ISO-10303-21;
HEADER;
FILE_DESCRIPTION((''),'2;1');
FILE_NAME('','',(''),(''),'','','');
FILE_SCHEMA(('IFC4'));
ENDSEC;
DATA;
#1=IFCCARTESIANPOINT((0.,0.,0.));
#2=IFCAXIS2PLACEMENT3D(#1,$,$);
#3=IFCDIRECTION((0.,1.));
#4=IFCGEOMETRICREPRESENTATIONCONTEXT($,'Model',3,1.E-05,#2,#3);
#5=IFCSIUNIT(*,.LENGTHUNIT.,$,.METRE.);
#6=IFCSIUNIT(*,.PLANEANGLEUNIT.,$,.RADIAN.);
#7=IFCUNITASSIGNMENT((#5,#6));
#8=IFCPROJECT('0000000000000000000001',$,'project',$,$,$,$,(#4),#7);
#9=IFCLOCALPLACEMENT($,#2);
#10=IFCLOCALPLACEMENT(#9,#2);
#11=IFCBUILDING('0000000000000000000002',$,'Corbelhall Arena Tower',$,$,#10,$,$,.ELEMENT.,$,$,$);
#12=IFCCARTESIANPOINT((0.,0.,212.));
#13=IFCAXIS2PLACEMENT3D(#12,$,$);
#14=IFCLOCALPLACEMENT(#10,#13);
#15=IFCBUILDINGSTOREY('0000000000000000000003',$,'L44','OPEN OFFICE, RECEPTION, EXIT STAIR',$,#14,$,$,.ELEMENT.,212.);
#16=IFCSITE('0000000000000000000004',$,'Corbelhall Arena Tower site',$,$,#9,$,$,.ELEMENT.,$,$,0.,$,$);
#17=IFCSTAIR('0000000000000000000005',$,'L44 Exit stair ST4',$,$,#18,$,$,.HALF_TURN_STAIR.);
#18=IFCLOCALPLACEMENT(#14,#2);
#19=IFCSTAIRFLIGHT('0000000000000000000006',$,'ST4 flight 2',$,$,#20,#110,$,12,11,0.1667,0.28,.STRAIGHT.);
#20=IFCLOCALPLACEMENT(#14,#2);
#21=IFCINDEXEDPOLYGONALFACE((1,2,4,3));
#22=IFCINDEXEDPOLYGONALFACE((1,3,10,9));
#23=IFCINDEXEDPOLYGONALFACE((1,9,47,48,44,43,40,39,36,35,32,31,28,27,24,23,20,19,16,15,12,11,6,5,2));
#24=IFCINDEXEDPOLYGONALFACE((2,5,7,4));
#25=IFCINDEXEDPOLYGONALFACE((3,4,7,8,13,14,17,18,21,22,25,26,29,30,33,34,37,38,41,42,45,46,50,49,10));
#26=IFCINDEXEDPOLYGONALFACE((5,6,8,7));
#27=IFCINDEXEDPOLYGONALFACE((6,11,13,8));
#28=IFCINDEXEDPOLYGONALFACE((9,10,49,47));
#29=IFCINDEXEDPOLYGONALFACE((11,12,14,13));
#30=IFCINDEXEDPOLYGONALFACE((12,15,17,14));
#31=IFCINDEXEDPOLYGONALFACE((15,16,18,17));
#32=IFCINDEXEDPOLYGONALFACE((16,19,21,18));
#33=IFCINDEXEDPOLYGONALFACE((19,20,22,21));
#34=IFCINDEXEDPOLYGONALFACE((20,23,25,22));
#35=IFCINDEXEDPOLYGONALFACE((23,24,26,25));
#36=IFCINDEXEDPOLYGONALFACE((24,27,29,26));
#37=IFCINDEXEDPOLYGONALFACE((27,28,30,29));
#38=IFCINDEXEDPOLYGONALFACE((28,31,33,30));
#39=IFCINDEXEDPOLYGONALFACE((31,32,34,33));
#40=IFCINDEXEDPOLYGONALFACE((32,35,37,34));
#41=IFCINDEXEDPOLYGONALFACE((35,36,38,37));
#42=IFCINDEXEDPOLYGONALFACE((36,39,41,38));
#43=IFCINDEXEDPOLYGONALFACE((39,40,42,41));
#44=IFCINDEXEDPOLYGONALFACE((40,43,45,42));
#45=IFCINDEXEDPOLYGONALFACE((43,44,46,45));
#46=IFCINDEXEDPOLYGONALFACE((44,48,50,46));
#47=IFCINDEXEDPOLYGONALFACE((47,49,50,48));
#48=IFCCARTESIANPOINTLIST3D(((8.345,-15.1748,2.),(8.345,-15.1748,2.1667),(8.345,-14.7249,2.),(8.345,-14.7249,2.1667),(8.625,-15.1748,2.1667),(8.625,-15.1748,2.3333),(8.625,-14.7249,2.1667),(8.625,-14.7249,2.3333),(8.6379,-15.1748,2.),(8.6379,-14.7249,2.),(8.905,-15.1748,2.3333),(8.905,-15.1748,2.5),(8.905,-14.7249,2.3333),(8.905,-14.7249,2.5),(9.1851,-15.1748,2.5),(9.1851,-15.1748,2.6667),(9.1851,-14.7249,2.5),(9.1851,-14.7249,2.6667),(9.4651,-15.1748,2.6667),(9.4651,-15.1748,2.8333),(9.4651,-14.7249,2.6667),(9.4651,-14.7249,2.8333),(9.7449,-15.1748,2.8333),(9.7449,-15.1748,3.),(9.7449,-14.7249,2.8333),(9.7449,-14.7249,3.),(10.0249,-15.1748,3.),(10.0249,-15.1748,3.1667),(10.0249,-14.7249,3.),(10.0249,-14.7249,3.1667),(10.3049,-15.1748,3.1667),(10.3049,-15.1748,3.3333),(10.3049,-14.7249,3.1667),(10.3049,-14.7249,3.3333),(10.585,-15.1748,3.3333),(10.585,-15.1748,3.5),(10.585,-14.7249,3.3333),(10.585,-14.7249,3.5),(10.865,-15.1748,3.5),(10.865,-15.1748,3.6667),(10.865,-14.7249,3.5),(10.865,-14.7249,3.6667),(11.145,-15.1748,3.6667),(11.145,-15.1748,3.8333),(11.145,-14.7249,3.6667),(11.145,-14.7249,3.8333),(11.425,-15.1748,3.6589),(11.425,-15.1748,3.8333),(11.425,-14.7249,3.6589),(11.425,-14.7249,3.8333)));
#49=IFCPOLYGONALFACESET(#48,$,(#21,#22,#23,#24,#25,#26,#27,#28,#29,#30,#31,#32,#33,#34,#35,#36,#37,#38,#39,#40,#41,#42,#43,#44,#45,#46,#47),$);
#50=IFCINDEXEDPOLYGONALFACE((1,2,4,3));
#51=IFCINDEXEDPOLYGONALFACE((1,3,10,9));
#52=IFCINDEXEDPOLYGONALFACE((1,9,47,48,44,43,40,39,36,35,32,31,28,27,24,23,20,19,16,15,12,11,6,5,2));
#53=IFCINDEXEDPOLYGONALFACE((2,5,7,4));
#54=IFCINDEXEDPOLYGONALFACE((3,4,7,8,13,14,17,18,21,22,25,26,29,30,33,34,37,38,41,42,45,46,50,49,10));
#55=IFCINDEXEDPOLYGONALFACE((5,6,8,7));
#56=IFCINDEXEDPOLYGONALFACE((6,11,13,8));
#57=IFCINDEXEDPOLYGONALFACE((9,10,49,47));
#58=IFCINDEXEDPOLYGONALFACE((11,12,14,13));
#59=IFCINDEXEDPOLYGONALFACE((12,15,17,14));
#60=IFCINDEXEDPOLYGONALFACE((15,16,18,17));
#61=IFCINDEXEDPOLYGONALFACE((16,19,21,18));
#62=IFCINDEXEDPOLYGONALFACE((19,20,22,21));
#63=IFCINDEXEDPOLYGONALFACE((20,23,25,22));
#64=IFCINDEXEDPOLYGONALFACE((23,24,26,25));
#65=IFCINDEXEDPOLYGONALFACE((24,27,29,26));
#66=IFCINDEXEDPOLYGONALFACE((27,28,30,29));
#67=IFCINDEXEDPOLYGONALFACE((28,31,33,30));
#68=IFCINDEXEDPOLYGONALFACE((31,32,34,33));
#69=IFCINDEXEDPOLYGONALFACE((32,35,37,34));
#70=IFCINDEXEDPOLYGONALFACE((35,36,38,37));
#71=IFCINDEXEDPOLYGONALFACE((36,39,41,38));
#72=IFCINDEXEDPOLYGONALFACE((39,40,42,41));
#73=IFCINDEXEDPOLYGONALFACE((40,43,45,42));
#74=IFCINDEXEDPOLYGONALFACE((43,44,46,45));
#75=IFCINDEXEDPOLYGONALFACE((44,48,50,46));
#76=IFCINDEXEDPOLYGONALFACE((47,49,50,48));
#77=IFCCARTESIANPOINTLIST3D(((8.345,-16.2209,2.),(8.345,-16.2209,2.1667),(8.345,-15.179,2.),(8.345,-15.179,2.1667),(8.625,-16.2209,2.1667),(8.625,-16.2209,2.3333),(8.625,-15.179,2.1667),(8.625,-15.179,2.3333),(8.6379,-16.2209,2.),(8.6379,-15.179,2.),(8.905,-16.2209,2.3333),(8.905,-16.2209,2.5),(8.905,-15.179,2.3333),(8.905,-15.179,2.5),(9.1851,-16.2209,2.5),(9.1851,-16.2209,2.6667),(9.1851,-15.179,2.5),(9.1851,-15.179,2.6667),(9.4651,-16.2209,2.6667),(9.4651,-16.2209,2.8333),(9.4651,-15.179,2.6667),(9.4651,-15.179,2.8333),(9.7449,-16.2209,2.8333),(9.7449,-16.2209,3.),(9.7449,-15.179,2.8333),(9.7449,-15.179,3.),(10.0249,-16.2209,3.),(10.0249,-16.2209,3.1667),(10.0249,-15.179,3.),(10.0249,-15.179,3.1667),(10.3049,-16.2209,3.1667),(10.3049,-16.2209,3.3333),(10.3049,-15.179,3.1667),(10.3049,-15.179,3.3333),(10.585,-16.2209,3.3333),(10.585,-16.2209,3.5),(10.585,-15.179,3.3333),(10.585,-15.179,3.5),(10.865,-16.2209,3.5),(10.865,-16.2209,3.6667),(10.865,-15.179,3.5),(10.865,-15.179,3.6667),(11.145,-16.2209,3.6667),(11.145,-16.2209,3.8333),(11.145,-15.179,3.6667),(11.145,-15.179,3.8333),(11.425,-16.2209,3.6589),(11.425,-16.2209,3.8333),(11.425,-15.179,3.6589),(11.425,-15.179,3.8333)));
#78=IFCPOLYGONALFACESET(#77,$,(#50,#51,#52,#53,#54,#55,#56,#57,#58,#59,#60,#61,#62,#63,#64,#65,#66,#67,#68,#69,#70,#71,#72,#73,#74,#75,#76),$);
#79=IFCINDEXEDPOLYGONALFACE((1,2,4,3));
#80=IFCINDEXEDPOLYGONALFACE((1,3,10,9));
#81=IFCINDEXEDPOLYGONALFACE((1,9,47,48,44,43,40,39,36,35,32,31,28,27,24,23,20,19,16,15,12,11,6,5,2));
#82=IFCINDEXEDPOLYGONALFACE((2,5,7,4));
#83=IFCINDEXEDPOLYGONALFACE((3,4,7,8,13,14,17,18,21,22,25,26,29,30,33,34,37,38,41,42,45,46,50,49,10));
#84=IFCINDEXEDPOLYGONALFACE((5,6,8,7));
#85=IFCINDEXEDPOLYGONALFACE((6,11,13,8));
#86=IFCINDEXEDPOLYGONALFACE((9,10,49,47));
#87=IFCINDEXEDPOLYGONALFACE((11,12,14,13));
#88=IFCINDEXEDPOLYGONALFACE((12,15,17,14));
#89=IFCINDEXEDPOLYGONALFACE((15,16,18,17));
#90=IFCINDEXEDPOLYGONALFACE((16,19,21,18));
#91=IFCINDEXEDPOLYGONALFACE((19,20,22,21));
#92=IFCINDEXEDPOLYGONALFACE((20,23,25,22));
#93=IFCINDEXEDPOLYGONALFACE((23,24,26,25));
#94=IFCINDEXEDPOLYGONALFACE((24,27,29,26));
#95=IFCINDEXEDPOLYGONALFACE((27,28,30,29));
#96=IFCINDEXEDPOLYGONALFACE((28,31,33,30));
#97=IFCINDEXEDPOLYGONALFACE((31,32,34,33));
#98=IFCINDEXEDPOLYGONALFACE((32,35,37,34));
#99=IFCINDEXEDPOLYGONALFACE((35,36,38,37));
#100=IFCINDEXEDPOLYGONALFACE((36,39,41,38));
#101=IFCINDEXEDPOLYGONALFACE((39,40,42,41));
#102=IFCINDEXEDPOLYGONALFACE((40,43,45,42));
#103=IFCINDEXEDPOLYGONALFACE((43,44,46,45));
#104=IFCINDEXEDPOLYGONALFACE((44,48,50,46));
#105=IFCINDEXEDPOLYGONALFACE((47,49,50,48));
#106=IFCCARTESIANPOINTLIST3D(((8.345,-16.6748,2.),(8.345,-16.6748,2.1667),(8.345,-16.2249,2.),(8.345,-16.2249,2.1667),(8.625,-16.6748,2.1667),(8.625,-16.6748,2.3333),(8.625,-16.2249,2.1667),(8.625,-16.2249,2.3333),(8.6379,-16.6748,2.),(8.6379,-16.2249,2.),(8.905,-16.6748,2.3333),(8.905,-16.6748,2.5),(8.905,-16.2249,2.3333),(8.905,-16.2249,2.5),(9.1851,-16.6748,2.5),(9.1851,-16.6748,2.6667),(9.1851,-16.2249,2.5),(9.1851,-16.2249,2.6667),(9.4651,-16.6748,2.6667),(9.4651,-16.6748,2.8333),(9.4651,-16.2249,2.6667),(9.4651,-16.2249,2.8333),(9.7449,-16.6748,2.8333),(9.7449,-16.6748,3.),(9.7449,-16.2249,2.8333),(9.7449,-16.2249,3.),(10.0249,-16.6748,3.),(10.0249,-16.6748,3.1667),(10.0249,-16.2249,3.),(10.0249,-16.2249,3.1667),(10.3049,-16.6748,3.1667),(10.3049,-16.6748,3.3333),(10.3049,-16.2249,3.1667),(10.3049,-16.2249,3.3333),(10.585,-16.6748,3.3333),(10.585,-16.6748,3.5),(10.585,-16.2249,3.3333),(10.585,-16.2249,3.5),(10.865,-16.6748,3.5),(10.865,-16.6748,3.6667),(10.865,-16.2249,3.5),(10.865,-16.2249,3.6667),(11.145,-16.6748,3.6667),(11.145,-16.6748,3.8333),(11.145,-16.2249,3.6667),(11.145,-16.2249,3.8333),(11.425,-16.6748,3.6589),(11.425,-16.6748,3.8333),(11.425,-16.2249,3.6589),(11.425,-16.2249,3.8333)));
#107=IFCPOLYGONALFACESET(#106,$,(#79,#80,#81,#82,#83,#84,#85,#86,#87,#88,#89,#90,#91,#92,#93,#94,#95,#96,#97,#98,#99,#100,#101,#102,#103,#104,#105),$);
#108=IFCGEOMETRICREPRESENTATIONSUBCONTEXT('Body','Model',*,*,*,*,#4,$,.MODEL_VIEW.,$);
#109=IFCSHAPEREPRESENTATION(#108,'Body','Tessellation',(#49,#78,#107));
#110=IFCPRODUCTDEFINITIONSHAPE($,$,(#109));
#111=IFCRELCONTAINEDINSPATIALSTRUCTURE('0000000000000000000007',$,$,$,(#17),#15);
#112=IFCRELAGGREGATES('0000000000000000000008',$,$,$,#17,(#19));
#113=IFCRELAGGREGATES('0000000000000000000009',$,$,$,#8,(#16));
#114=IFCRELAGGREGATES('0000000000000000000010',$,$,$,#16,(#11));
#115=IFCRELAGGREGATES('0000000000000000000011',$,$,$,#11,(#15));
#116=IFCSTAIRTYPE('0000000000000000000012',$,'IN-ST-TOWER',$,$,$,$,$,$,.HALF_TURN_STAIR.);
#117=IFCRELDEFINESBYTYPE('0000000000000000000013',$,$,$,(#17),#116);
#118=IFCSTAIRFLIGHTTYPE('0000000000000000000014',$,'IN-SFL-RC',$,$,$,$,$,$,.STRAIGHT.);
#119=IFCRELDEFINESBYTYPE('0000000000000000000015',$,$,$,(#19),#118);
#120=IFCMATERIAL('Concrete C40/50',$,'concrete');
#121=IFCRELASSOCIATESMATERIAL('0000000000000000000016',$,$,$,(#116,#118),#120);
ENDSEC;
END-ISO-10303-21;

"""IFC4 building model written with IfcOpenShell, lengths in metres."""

from ifc_helpers import new_model, si_unit, direction, frame, origin, place, context, subcontext, project, spatial, polyline, outline, extrude, material, type_object, element, aggregate, save


model = new_model("IFC4")

# Units and contexts
model_context = context("Model", 3, precision=1e-05, world=origin(), true_north=direction((0.0, 1.0)))
body_context = subcontext(model_context, "Body", "Model", "MODEL_VIEW")
ifc_project = project(units=[si_unit("LENGTHUNIT", "METRE"), si_unit("PLANEANGLEUNIT", "RADIAN")], contexts=[model_context])

# Site, building, storey
site_placement = place(None, origin())
site = spatial("IfcSite", under=ifc_project, at=site_placement, Name="Corbelhall Arena Tower site", CompositionType="ELEMENT", RefElevation=0.0)
building_placement = place(site_placement, origin())
building = spatial("IfcBuilding", under=site, at=building_placement, Name="Corbelhall Arena Tower", CompositionType="ELEMENT")
storey_placement = place(building_placement, frame((0.0, 0.0, 212.0)))
storey = spatial("IfcBuildingStorey", under=building, at=storey_placement, Name="L44", Description="OPEN OFFICE, RECEPTION, EXIT STAIR", CompositionType="ELEMENT", Elevation=212.0)

# Shared definitions
ifc_material_1 = material(Name="Concrete C40/50", Category="concrete")

# Stair, stair flight
stair_type = type_object("IfcStairType", Name="IN-ST-TOWER", PredefinedType="HALF_TURN_STAIR", material=ifc_material_1)
stair_placement = place(storey_placement, origin())
stair = element("IfcStair", 1, at=stair_placement, inside=storey, type_object=stair_type, Name="L44 Exit stair ST4", PredefinedType="HALF_TURN_STAIR")
stair_flight_type = type_object("IfcStairFlightType", Name="IN-SFL-RC", PredefinedType="STRAIGHT", material=ifc_material_1)
stair_flight_placement = place(storey_placement, frame((8.345, -15.7, 2.0), z_axis=(0.0, 0.0, 1.0), x_axis=(1.0, 0.0, 0.0)))
stair_flight = element("IfcStairFlight", 2, at=stair_flight_placement, type_object=stair_flight_type, Name="ST4 flight 2", NumberOfRisers=12, NumberOfTreads=11, PredefinedType="STRAIGHT", RiserHeight=0.1667, TreadLength=0.28, context=body_context, shape_type="SweptSolid", body=[
    extrude(outline(polyline([(0.0, 0.0), (0.0, 0.1667), (0.28, 0.1667), (0.28, 0.3333), (0.5601, 0.3333), (0.5601, 0.5), (0.8401, 0.5), (0.8401, 0.6667), (1.1201, 0.6667), (1.1201, 0.8333), (1.3999, 0.8333), (1.3999, 1.0), (1.6799, 1.0), (1.6799, 1.1667), (1.96, 1.1667), (1.96, 1.3333), (2.24, 1.3333), (2.24, 1.5), (2.52, 1.5), (2.52, 1.6667), (2.8, 1.6667), (2.8, 1.8333), (3.0801, 1.8333), (3.0801, 2.0), (3.0801, 1.6589), (0.293, 0.0), (0.0, 0.0)])), frame((0.0, 0.9751, 0.0), z_axis=(0.0, -1.0, 0.0), x_axis=(1.0, 0.0, 0.0)), (0.0, 0.0, 1.0), 0.45),
    extrude(outline(polyline([(0.0, 0.0), (0.0, 0.1667), (0.28, 0.1667), (0.28, 0.3333), (0.5601, 0.3333), (0.5601, 0.5), (0.8401, 0.5), (0.8401, 0.6667), (1.1201, 0.6667), (1.1201, 0.8333), (1.3999, 0.8333), (1.3999, 1.0), (1.6799, 1.0), (1.6799, 1.1667), (1.96, 1.1667), (1.96, 1.3333), (2.24, 1.3333), (2.24, 1.5), (2.52, 1.5), (2.52, 1.6667), (2.8, 1.6667), (2.8, 1.8333), (3.0801, 1.8333), (3.0801, 2.0), (3.0801, 1.6589), (0.293, 0.0), (0.0, 0.0)])), frame((0.0, 0.521, 0.0), z_axis=(0.0, -1.0, 0.0), x_axis=(1.0, 0.0, 0.0)), (0.0, 0.0, 1.0), 1.042),
    extrude(outline(polyline([(0.0, 0.0), (0.0, 0.1667), (0.28, 0.1667), (0.28, 0.3333), (0.5601, 0.3333), (0.5601, 0.5), (0.8401, 0.5), (0.8401, 0.6667), (1.1201, 0.6667), (1.1201, 0.8333), (1.3999, 0.8333), (1.3999, 1.0), (1.6799, 1.0), (1.6799, 1.1667), (1.96, 1.1667), (1.96, 1.3333), (2.24, 1.3333), (2.24, 1.5), (2.52, 1.5), (2.52, 1.6667), (2.8, 1.6667), (2.8, 1.8333), (3.0801, 1.8333), (3.0801, 2.0), (3.0801, 1.6589), (0.293, 0.0), (0.0, 0.0)])), frame((0.0, -0.5249, 0.0), z_axis=(0.0, -1.0, 0.0), x_axis=(1.0, 0.0, 0.0)), (0.0, 0.0, 1.0), 0.45),
])
aggregate(stair, [stair_flight])

save(model, "model.ifc")
